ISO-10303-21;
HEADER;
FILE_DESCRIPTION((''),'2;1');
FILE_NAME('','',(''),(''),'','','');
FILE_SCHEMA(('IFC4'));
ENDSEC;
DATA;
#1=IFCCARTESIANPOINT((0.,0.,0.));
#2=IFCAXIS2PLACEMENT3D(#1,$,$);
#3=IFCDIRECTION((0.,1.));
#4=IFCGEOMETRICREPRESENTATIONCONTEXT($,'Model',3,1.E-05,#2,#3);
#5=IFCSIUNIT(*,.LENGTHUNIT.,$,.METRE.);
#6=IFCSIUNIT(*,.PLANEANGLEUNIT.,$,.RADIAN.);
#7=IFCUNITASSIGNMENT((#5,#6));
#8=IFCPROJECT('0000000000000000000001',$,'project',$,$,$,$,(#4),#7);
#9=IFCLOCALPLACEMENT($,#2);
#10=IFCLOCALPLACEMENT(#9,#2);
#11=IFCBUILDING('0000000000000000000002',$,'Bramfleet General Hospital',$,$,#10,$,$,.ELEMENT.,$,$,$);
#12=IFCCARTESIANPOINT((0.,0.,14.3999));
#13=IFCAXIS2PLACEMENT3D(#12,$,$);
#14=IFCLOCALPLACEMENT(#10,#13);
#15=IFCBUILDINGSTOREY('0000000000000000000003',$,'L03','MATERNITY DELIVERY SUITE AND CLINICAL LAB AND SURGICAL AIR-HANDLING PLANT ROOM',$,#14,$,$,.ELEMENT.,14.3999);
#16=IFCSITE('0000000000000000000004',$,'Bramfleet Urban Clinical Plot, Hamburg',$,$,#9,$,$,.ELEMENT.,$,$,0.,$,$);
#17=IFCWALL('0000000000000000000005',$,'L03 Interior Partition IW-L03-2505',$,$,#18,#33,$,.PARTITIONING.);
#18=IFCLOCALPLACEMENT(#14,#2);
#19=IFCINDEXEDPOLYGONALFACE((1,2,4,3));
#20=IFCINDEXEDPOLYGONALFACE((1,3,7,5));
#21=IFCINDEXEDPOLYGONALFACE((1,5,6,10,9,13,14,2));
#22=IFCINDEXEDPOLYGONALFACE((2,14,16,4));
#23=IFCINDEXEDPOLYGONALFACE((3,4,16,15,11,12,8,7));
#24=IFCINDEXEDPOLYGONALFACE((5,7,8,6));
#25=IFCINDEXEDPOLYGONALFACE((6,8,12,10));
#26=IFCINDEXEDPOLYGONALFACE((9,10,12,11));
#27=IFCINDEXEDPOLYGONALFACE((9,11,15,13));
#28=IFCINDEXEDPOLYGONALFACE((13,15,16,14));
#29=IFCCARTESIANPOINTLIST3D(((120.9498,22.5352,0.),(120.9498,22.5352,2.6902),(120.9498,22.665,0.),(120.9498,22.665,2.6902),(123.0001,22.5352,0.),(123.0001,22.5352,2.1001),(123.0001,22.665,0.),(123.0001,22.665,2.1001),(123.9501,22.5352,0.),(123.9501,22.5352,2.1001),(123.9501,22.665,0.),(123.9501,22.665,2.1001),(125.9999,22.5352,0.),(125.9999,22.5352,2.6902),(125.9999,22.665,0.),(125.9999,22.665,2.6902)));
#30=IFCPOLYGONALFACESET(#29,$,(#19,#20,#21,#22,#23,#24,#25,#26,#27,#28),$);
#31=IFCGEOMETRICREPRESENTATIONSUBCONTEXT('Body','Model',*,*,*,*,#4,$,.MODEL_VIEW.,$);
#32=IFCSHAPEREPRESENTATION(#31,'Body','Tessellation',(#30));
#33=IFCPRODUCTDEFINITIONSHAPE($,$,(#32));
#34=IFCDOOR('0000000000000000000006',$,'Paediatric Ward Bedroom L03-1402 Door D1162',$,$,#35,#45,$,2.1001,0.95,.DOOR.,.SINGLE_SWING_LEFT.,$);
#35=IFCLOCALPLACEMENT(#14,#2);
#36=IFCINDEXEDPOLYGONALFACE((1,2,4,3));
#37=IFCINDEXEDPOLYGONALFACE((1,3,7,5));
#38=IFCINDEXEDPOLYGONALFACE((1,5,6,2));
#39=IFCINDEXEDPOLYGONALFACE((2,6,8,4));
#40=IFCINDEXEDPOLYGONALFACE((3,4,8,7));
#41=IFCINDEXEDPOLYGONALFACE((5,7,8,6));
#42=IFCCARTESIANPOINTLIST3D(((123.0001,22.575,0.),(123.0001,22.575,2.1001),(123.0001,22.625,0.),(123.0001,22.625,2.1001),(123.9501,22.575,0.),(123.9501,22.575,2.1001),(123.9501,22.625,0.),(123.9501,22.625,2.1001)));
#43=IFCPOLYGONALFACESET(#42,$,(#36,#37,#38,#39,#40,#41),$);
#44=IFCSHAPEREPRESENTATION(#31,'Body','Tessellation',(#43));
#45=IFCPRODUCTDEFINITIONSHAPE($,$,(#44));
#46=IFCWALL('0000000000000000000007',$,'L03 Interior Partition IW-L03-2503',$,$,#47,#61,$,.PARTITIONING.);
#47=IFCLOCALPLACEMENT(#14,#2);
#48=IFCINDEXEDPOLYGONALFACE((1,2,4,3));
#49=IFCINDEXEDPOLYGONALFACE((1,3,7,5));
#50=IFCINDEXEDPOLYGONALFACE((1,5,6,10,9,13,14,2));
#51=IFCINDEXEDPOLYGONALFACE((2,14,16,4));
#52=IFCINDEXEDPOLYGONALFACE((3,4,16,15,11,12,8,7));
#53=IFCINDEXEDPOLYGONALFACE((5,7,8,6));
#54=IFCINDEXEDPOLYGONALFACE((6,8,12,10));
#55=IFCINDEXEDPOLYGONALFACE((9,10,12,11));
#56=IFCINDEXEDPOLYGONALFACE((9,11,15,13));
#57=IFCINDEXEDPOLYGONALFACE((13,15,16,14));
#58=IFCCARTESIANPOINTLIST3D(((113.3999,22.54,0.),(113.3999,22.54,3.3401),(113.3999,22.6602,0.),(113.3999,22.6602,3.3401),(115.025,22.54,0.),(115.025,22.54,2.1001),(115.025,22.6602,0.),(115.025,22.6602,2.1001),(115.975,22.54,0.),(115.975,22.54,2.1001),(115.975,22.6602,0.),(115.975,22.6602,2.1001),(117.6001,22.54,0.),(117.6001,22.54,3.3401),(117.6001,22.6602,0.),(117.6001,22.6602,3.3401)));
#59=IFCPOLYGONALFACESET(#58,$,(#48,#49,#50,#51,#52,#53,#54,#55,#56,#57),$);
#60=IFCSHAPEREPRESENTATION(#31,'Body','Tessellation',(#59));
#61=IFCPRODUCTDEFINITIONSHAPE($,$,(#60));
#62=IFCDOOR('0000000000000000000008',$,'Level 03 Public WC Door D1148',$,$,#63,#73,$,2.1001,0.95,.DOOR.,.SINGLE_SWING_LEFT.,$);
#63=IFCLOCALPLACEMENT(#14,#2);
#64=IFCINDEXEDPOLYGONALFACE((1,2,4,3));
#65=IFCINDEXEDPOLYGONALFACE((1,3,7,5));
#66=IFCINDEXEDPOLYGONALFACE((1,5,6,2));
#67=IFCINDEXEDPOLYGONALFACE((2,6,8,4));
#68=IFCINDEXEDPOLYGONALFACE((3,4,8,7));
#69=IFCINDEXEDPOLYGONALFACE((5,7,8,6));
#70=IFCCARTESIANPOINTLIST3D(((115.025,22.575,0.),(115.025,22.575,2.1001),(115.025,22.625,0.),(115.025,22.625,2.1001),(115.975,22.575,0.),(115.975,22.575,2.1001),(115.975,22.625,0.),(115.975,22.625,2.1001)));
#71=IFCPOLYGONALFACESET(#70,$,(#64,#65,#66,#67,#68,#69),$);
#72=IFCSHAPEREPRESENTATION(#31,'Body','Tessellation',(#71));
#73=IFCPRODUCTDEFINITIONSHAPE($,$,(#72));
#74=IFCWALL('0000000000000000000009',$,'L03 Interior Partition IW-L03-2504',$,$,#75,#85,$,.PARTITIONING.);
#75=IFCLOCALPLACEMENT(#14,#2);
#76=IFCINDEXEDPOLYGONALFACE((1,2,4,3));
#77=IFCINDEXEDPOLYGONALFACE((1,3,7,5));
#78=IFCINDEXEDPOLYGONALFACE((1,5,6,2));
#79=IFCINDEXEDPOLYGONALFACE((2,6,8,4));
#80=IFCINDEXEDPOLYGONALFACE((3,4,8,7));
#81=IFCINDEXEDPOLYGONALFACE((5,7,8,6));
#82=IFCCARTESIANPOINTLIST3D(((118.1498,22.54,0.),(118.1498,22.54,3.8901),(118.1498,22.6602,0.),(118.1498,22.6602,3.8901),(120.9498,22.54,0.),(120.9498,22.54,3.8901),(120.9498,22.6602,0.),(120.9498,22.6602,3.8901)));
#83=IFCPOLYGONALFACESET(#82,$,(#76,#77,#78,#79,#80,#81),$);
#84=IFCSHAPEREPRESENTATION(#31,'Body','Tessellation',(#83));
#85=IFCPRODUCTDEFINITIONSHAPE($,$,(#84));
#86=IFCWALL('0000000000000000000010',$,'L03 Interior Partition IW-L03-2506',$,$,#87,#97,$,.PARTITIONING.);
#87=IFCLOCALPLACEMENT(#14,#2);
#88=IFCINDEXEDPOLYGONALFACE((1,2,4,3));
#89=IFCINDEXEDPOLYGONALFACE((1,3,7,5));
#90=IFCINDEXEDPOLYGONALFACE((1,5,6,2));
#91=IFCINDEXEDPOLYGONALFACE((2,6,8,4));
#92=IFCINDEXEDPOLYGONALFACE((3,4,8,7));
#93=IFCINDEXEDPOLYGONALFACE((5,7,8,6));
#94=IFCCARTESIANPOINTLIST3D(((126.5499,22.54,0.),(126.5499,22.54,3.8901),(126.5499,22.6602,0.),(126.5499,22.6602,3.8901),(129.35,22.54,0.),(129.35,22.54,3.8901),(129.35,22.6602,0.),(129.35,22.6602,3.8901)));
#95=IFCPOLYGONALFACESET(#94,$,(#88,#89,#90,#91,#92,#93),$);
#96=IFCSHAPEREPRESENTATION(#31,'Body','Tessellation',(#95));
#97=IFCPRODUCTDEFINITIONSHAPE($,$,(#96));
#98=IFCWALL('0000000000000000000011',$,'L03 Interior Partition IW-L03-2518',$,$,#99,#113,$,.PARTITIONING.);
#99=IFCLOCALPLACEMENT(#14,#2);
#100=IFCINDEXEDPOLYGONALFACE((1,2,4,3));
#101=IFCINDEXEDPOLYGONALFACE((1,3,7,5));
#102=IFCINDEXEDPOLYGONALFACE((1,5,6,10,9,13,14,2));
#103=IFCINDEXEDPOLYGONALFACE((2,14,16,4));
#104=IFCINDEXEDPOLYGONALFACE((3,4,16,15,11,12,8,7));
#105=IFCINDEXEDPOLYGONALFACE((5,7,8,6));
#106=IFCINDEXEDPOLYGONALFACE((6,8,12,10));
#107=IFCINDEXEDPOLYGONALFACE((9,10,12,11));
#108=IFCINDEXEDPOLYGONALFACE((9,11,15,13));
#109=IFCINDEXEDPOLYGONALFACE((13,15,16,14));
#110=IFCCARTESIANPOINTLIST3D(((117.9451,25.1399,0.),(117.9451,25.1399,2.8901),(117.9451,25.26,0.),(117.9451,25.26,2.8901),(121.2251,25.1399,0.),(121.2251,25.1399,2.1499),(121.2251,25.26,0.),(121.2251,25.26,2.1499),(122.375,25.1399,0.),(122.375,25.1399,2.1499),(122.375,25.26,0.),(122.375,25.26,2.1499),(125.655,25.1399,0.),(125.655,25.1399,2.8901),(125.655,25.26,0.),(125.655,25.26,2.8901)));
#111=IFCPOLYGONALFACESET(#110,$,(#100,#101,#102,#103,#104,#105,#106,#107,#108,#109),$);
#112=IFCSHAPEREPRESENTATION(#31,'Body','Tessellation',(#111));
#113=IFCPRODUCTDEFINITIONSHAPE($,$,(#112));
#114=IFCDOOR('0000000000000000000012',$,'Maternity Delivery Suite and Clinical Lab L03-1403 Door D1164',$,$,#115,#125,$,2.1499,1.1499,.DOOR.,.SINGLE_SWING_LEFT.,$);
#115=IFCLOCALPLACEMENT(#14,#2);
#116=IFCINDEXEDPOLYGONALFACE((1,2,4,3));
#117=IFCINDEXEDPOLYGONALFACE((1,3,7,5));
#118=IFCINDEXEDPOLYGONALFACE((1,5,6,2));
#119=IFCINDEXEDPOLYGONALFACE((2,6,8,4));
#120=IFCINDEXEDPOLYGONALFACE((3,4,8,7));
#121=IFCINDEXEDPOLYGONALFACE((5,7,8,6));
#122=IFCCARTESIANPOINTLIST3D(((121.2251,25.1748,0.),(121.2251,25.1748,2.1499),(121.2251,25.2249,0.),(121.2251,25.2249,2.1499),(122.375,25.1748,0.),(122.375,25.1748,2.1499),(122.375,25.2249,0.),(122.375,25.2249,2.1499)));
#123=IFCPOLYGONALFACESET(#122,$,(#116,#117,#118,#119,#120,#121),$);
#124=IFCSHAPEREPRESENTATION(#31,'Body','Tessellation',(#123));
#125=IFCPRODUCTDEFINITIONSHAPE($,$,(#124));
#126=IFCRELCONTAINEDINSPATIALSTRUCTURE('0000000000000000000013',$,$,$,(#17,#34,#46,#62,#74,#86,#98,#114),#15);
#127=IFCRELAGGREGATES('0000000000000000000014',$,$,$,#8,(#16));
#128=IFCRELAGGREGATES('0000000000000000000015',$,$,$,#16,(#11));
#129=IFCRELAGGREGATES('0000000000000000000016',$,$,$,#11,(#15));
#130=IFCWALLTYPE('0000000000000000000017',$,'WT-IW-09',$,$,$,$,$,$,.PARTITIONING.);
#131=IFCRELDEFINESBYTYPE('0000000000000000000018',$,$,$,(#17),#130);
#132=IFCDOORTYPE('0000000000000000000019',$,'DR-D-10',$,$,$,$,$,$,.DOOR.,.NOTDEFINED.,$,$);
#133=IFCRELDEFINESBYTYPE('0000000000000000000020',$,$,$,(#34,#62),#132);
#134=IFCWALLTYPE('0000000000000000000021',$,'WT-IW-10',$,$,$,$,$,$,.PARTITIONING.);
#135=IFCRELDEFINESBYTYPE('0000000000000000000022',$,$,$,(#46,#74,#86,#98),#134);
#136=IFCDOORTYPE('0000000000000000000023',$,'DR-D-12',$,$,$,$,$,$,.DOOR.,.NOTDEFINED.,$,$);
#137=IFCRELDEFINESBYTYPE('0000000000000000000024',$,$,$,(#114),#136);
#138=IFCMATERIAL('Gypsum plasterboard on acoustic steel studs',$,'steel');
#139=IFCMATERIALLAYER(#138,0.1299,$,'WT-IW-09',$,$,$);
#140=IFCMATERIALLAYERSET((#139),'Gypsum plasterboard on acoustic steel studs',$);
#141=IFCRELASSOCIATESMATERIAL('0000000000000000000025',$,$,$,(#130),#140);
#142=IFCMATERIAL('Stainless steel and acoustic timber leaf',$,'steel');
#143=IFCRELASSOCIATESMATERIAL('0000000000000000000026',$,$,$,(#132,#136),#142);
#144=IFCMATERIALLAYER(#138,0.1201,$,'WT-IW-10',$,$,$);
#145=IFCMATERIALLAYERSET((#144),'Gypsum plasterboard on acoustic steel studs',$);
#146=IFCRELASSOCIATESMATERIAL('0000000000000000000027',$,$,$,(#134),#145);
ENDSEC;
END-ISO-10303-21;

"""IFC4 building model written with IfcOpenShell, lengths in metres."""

from ifc_helpers import new_model, si_unit, direction, frame, frame_2d, origin, place, context, subcontext, project, spatial, rectangle, extrude, material, layer, layer_set, type_object, element, fill, save


model = new_model("IFC4")

# Units and contexts
model_context = context("Model", 3, precision=1e-05, world=origin(), true_north=direction((0.0, 1.0)))
body_context = subcontext(model_context, "Body", "Model", "MODEL_VIEW")
ifc_project = project(units=[si_unit("LENGTHUNIT", "METRE"), si_unit("PLANEANGLEUNIT", "RADIAN")], contexts=[model_context])

# Site, building, storey
site_placement = place(None, origin())
site = spatial("IfcSite", under=ifc_project, at=site_placement, Name="Bramfleet Urban Clinical Plot, Hamburg", CompositionType="ELEMENT", RefElevation=0.0)
building_placement = place(site_placement, origin())
building = spatial("IfcBuilding", under=site, at=building_placement, Name="Bramfleet General Hospital", CompositionType="ELEMENT")
storey_placement = place(building_placement, frame((0.0, 0.0, 14.3999)))
storey = spatial("IfcBuildingStorey", under=building, at=storey_placement, Name="L03", Description="MATERNITY DELIVERY SUITE AND CLINICAL LAB AND SURGICAL AIR-HANDLING PLANT ROOM", CompositionType="ELEMENT", Elevation=14.3999)

# Walls, openings, doors
ifc_material_1 = material(Name="Gypsum plasterboard on acoustic steel studs", Category="steel")
ifc_layer_1 = layer(ifc_material_1, 0.1299, Name="WT-IW-09")
ifc_layer_set_1 = layer_set([ifc_layer_1], Name="Gypsum plasterboard on acoustic steel studs")
wall_type_1 = type_object("IfcWallType", Name="WT-IW-09", PredefinedType="PARTITIONING", material=ifc_layer_set_1)
wall_1_placement = place(storey_placement, frame((120.95, 22.6001, 0.0), z_axis=(0.0, 0.0, 1.0), x_axis=(1.0, 0.0, 0.0)))
wall_1 = element("IfcWall", 1, at=wall_1_placement, inside=storey, type_object=wall_type_1, Name="L03 Interior Partition IW-L03-2505", PredefinedType="PARTITIONING", context=body_context, shape_type="SweptSolid", body=[
    extrude(rectangle(XDim=5.05, YDim=0.1299, at=frame_2d((2.5249, 0.0))), origin(), (0.0, 0.0, 1.0), 2.6902),
])
opening_1_placement = place(wall_1_placement, frame((2.05, 0.0, 0.0)))
opening_1 = element("IfcOpeningElement", 2, at=opening_1_placement, cuts=wall_1, PredefinedType="OPENING", context=body_context, shape_type="SweptSolid", body=[
    extrude(rectangle(XDim=0.95, YDim=2.1001, at=frame_2d((0.4751, 1.05))), frame((0.0, 0.075, 0.0), z_axis=(0.0, -1.0, 0.0), x_axis=(1.0, 0.0, 0.0)), (0.0, 0.0, 1.0), 0.1499),
])
ifc_material_2 = material(Name="Stainless steel and acoustic timber leaf", Category="steel")
door_type_1 = type_object("IfcDoorType", Name="DR-D-10", OperationType="NOTDEFINED", PredefinedType="DOOR", material=ifc_material_2)
door_1_placement = place(opening_1_placement, origin())
door_1 = element("IfcDoor", 3, at=door_1_placement, inside=storey, type_object=door_type_1, Name="Paediatric Ward Bedroom L03-1402 Door D1162", OperationType="SINGLE_SWING_LEFT", OverallHeight=2.1001, OverallWidth=0.95, PredefinedType="DOOR", context=body_context, shape_type="SweptSolid", body=[
    extrude(rectangle(XDim=0.95, YDim=2.1001, at=frame_2d((0.4751, 1.05))), frame((0.0, 0.0249, 0.0), z_axis=(0.0, -1.0, 0.0), x_axis=(1.0, 0.0, 0.0)), (0.0, 0.0, 1.0), 0.05),
])
fill(opening_1, door_1)
ifc_layer_2 = layer(ifc_material_1, 0.1201, Name="WT-IW-10")
ifc_layer_set_2 = layer_set([ifc_layer_2], Name="Gypsum plasterboard on acoustic steel studs")
wall_type_2 = type_object("IfcWallType", Name="WT-IW-10", PredefinedType="PARTITIONING", material=ifc_layer_set_2)
wall_2_placement = place(storey_placement, frame((113.3999, 22.6001, 0.0), z_axis=(0.0, 0.0, 1.0), x_axis=(1.0, 0.0, 0.0)))
wall_2 = element("IfcWall", 4, at=wall_2_placement, inside=storey, type_object=wall_type_2, Name="L03 Interior Partition IW-L03-2503", PredefinedType="PARTITIONING", context=body_context, shape_type="SweptSolid", body=[
    extrude(rectangle(XDim=4.2002, YDim=0.1201, at=frame_2d((2.1001, 0.0))), origin(), (0.0, 0.0, 1.0), 3.3401),
])
opening_2_placement = place(wall_2_placement, frame((1.625, 0.0, 0.0)))
opening_2 = element("IfcOpeningElement", 5, at=opening_2_placement, cuts=wall_2, PredefinedType="OPENING", context=body_context, shape_type="SweptSolid", body=[
    extrude(rectangle(XDim=0.95, YDim=2.1001, at=frame_2d((0.4751, 1.05))), frame((0.0, 0.0701, 0.0), z_axis=(0.0, -1.0, 0.0), x_axis=(1.0, 0.0, 0.0)), (0.0, 0.0, 1.0), 0.1401),
])
door_2_placement = place(opening_2_placement, origin())
door_2 = element("IfcDoor", 6, at=door_2_placement, inside=storey, type_object=door_type_1, Name="Level 03 Public WC Door D1148", OperationType="SINGLE_SWING_LEFT", OverallHeight=2.1001, OverallWidth=0.95, PredefinedType="DOOR", context=body_context, shape_type="SweptSolid", body=[
    extrude(rectangle(XDim=0.95, YDim=2.1001, at=frame_2d((0.4751, 1.05))), frame((0.0, 0.0249, 0.0), z_axis=(0.0, -1.0, 0.0), x_axis=(1.0, 0.0, 0.0)), (0.0, 0.0, 1.0), 0.05),
])
fill(opening_2, door_2)

# Walls
for number, where, z_axis, x_axis, name in (
    (7, (118.1499, 22.6001, 0.0), (0.0, 0.0, 1.0), (1.0, 0.0, 0.0), "L03 Interior Partition IW-L03-2504"),
    (8, (126.55, 22.6001, 0.0), (0.0, 0.0, 1.0), (1.0, 0.0, 0.0), "L03 Interior Partition IW-L03-2506"),
):
    element("IfcWall", number, at=place(storey_placement, frame(where, z_axis=z_axis, x_axis=x_axis)), inside=storey, type_object=wall_type_2, Name=name, PredefinedType="PARTITIONING", context=body_context, shape_type="SweptSolid", body=[
        extrude(rectangle(XDim=2.8, YDim=0.1201, at=frame_2d((1.3999, 0.0))), origin(), (0.0, 0.0, 1.0), 3.8901),
    ])

# Wall, opening, door
wall_3_placement = place(storey_placement, frame((117.9451, 25.2, 0.0), z_axis=(0.0, 0.0, 1.0), x_axis=(1.0, 0.0, 0.0)))
wall_3 = element("IfcWall", 9, at=wall_3_placement, inside=storey, type_object=wall_type_2, Name="L03 Interior Partition IW-L03-2518", PredefinedType="PARTITIONING", context=body_context, shape_type="SweptSolid", body=[
    extrude(rectangle(XDim=7.71, YDim=0.1201, at=frame_2d((3.855, 0.0))), origin(), (0.0, 0.0, 1.0), 2.8901),
])
opening_3_placement = place(wall_3_placement, frame((3.28, 0.0, 0.0)))
opening_3 = element("IfcOpeningElement", 10, at=opening_3_placement, cuts=wall_3, PredefinedType="OPENING", context=body_context, shape_type="SweptSolid", body=[
    extrude(rectangle(XDim=1.1499, YDim=2.1499, at=frame_2d((0.575, 1.075))), frame((0.0, 0.0701, 0.0), z_axis=(0.0, -1.0, 0.0), x_axis=(1.0, 0.0, 0.0)), (0.0, 0.0, 1.0), 0.1401),
])
door_type_2 = type_object("IfcDoorType", Name="DR-D-12", OperationType="NOTDEFINED", PredefinedType="DOOR", material=ifc_material_2)
door_3_placement = place(opening_3_placement, origin())
door_3 = element("IfcDoor", 11, at=door_3_placement, inside=storey, type_object=door_type_2, Name="Maternity Delivery Suite and Clinical Lab L03-1403 Door D1164", OperationType="SINGLE_SWING_LEFT", OverallHeight=2.1499, OverallWidth=1.1499, PredefinedType="DOOR", context=body_context, shape_type="SweptSolid", body=[
    extrude(rectangle(XDim=1.1499, YDim=2.1499, at=frame_2d((0.575, 1.075))), frame((0.0, 0.0249, 0.0), z_axis=(0.0, -1.0, 0.0), x_axis=(1.0, 0.0, 0.0)), (0.0, 0.0, 1.0), 0.05),
])
fill(opening_3, door_3)

save(model, "model.ifc")
